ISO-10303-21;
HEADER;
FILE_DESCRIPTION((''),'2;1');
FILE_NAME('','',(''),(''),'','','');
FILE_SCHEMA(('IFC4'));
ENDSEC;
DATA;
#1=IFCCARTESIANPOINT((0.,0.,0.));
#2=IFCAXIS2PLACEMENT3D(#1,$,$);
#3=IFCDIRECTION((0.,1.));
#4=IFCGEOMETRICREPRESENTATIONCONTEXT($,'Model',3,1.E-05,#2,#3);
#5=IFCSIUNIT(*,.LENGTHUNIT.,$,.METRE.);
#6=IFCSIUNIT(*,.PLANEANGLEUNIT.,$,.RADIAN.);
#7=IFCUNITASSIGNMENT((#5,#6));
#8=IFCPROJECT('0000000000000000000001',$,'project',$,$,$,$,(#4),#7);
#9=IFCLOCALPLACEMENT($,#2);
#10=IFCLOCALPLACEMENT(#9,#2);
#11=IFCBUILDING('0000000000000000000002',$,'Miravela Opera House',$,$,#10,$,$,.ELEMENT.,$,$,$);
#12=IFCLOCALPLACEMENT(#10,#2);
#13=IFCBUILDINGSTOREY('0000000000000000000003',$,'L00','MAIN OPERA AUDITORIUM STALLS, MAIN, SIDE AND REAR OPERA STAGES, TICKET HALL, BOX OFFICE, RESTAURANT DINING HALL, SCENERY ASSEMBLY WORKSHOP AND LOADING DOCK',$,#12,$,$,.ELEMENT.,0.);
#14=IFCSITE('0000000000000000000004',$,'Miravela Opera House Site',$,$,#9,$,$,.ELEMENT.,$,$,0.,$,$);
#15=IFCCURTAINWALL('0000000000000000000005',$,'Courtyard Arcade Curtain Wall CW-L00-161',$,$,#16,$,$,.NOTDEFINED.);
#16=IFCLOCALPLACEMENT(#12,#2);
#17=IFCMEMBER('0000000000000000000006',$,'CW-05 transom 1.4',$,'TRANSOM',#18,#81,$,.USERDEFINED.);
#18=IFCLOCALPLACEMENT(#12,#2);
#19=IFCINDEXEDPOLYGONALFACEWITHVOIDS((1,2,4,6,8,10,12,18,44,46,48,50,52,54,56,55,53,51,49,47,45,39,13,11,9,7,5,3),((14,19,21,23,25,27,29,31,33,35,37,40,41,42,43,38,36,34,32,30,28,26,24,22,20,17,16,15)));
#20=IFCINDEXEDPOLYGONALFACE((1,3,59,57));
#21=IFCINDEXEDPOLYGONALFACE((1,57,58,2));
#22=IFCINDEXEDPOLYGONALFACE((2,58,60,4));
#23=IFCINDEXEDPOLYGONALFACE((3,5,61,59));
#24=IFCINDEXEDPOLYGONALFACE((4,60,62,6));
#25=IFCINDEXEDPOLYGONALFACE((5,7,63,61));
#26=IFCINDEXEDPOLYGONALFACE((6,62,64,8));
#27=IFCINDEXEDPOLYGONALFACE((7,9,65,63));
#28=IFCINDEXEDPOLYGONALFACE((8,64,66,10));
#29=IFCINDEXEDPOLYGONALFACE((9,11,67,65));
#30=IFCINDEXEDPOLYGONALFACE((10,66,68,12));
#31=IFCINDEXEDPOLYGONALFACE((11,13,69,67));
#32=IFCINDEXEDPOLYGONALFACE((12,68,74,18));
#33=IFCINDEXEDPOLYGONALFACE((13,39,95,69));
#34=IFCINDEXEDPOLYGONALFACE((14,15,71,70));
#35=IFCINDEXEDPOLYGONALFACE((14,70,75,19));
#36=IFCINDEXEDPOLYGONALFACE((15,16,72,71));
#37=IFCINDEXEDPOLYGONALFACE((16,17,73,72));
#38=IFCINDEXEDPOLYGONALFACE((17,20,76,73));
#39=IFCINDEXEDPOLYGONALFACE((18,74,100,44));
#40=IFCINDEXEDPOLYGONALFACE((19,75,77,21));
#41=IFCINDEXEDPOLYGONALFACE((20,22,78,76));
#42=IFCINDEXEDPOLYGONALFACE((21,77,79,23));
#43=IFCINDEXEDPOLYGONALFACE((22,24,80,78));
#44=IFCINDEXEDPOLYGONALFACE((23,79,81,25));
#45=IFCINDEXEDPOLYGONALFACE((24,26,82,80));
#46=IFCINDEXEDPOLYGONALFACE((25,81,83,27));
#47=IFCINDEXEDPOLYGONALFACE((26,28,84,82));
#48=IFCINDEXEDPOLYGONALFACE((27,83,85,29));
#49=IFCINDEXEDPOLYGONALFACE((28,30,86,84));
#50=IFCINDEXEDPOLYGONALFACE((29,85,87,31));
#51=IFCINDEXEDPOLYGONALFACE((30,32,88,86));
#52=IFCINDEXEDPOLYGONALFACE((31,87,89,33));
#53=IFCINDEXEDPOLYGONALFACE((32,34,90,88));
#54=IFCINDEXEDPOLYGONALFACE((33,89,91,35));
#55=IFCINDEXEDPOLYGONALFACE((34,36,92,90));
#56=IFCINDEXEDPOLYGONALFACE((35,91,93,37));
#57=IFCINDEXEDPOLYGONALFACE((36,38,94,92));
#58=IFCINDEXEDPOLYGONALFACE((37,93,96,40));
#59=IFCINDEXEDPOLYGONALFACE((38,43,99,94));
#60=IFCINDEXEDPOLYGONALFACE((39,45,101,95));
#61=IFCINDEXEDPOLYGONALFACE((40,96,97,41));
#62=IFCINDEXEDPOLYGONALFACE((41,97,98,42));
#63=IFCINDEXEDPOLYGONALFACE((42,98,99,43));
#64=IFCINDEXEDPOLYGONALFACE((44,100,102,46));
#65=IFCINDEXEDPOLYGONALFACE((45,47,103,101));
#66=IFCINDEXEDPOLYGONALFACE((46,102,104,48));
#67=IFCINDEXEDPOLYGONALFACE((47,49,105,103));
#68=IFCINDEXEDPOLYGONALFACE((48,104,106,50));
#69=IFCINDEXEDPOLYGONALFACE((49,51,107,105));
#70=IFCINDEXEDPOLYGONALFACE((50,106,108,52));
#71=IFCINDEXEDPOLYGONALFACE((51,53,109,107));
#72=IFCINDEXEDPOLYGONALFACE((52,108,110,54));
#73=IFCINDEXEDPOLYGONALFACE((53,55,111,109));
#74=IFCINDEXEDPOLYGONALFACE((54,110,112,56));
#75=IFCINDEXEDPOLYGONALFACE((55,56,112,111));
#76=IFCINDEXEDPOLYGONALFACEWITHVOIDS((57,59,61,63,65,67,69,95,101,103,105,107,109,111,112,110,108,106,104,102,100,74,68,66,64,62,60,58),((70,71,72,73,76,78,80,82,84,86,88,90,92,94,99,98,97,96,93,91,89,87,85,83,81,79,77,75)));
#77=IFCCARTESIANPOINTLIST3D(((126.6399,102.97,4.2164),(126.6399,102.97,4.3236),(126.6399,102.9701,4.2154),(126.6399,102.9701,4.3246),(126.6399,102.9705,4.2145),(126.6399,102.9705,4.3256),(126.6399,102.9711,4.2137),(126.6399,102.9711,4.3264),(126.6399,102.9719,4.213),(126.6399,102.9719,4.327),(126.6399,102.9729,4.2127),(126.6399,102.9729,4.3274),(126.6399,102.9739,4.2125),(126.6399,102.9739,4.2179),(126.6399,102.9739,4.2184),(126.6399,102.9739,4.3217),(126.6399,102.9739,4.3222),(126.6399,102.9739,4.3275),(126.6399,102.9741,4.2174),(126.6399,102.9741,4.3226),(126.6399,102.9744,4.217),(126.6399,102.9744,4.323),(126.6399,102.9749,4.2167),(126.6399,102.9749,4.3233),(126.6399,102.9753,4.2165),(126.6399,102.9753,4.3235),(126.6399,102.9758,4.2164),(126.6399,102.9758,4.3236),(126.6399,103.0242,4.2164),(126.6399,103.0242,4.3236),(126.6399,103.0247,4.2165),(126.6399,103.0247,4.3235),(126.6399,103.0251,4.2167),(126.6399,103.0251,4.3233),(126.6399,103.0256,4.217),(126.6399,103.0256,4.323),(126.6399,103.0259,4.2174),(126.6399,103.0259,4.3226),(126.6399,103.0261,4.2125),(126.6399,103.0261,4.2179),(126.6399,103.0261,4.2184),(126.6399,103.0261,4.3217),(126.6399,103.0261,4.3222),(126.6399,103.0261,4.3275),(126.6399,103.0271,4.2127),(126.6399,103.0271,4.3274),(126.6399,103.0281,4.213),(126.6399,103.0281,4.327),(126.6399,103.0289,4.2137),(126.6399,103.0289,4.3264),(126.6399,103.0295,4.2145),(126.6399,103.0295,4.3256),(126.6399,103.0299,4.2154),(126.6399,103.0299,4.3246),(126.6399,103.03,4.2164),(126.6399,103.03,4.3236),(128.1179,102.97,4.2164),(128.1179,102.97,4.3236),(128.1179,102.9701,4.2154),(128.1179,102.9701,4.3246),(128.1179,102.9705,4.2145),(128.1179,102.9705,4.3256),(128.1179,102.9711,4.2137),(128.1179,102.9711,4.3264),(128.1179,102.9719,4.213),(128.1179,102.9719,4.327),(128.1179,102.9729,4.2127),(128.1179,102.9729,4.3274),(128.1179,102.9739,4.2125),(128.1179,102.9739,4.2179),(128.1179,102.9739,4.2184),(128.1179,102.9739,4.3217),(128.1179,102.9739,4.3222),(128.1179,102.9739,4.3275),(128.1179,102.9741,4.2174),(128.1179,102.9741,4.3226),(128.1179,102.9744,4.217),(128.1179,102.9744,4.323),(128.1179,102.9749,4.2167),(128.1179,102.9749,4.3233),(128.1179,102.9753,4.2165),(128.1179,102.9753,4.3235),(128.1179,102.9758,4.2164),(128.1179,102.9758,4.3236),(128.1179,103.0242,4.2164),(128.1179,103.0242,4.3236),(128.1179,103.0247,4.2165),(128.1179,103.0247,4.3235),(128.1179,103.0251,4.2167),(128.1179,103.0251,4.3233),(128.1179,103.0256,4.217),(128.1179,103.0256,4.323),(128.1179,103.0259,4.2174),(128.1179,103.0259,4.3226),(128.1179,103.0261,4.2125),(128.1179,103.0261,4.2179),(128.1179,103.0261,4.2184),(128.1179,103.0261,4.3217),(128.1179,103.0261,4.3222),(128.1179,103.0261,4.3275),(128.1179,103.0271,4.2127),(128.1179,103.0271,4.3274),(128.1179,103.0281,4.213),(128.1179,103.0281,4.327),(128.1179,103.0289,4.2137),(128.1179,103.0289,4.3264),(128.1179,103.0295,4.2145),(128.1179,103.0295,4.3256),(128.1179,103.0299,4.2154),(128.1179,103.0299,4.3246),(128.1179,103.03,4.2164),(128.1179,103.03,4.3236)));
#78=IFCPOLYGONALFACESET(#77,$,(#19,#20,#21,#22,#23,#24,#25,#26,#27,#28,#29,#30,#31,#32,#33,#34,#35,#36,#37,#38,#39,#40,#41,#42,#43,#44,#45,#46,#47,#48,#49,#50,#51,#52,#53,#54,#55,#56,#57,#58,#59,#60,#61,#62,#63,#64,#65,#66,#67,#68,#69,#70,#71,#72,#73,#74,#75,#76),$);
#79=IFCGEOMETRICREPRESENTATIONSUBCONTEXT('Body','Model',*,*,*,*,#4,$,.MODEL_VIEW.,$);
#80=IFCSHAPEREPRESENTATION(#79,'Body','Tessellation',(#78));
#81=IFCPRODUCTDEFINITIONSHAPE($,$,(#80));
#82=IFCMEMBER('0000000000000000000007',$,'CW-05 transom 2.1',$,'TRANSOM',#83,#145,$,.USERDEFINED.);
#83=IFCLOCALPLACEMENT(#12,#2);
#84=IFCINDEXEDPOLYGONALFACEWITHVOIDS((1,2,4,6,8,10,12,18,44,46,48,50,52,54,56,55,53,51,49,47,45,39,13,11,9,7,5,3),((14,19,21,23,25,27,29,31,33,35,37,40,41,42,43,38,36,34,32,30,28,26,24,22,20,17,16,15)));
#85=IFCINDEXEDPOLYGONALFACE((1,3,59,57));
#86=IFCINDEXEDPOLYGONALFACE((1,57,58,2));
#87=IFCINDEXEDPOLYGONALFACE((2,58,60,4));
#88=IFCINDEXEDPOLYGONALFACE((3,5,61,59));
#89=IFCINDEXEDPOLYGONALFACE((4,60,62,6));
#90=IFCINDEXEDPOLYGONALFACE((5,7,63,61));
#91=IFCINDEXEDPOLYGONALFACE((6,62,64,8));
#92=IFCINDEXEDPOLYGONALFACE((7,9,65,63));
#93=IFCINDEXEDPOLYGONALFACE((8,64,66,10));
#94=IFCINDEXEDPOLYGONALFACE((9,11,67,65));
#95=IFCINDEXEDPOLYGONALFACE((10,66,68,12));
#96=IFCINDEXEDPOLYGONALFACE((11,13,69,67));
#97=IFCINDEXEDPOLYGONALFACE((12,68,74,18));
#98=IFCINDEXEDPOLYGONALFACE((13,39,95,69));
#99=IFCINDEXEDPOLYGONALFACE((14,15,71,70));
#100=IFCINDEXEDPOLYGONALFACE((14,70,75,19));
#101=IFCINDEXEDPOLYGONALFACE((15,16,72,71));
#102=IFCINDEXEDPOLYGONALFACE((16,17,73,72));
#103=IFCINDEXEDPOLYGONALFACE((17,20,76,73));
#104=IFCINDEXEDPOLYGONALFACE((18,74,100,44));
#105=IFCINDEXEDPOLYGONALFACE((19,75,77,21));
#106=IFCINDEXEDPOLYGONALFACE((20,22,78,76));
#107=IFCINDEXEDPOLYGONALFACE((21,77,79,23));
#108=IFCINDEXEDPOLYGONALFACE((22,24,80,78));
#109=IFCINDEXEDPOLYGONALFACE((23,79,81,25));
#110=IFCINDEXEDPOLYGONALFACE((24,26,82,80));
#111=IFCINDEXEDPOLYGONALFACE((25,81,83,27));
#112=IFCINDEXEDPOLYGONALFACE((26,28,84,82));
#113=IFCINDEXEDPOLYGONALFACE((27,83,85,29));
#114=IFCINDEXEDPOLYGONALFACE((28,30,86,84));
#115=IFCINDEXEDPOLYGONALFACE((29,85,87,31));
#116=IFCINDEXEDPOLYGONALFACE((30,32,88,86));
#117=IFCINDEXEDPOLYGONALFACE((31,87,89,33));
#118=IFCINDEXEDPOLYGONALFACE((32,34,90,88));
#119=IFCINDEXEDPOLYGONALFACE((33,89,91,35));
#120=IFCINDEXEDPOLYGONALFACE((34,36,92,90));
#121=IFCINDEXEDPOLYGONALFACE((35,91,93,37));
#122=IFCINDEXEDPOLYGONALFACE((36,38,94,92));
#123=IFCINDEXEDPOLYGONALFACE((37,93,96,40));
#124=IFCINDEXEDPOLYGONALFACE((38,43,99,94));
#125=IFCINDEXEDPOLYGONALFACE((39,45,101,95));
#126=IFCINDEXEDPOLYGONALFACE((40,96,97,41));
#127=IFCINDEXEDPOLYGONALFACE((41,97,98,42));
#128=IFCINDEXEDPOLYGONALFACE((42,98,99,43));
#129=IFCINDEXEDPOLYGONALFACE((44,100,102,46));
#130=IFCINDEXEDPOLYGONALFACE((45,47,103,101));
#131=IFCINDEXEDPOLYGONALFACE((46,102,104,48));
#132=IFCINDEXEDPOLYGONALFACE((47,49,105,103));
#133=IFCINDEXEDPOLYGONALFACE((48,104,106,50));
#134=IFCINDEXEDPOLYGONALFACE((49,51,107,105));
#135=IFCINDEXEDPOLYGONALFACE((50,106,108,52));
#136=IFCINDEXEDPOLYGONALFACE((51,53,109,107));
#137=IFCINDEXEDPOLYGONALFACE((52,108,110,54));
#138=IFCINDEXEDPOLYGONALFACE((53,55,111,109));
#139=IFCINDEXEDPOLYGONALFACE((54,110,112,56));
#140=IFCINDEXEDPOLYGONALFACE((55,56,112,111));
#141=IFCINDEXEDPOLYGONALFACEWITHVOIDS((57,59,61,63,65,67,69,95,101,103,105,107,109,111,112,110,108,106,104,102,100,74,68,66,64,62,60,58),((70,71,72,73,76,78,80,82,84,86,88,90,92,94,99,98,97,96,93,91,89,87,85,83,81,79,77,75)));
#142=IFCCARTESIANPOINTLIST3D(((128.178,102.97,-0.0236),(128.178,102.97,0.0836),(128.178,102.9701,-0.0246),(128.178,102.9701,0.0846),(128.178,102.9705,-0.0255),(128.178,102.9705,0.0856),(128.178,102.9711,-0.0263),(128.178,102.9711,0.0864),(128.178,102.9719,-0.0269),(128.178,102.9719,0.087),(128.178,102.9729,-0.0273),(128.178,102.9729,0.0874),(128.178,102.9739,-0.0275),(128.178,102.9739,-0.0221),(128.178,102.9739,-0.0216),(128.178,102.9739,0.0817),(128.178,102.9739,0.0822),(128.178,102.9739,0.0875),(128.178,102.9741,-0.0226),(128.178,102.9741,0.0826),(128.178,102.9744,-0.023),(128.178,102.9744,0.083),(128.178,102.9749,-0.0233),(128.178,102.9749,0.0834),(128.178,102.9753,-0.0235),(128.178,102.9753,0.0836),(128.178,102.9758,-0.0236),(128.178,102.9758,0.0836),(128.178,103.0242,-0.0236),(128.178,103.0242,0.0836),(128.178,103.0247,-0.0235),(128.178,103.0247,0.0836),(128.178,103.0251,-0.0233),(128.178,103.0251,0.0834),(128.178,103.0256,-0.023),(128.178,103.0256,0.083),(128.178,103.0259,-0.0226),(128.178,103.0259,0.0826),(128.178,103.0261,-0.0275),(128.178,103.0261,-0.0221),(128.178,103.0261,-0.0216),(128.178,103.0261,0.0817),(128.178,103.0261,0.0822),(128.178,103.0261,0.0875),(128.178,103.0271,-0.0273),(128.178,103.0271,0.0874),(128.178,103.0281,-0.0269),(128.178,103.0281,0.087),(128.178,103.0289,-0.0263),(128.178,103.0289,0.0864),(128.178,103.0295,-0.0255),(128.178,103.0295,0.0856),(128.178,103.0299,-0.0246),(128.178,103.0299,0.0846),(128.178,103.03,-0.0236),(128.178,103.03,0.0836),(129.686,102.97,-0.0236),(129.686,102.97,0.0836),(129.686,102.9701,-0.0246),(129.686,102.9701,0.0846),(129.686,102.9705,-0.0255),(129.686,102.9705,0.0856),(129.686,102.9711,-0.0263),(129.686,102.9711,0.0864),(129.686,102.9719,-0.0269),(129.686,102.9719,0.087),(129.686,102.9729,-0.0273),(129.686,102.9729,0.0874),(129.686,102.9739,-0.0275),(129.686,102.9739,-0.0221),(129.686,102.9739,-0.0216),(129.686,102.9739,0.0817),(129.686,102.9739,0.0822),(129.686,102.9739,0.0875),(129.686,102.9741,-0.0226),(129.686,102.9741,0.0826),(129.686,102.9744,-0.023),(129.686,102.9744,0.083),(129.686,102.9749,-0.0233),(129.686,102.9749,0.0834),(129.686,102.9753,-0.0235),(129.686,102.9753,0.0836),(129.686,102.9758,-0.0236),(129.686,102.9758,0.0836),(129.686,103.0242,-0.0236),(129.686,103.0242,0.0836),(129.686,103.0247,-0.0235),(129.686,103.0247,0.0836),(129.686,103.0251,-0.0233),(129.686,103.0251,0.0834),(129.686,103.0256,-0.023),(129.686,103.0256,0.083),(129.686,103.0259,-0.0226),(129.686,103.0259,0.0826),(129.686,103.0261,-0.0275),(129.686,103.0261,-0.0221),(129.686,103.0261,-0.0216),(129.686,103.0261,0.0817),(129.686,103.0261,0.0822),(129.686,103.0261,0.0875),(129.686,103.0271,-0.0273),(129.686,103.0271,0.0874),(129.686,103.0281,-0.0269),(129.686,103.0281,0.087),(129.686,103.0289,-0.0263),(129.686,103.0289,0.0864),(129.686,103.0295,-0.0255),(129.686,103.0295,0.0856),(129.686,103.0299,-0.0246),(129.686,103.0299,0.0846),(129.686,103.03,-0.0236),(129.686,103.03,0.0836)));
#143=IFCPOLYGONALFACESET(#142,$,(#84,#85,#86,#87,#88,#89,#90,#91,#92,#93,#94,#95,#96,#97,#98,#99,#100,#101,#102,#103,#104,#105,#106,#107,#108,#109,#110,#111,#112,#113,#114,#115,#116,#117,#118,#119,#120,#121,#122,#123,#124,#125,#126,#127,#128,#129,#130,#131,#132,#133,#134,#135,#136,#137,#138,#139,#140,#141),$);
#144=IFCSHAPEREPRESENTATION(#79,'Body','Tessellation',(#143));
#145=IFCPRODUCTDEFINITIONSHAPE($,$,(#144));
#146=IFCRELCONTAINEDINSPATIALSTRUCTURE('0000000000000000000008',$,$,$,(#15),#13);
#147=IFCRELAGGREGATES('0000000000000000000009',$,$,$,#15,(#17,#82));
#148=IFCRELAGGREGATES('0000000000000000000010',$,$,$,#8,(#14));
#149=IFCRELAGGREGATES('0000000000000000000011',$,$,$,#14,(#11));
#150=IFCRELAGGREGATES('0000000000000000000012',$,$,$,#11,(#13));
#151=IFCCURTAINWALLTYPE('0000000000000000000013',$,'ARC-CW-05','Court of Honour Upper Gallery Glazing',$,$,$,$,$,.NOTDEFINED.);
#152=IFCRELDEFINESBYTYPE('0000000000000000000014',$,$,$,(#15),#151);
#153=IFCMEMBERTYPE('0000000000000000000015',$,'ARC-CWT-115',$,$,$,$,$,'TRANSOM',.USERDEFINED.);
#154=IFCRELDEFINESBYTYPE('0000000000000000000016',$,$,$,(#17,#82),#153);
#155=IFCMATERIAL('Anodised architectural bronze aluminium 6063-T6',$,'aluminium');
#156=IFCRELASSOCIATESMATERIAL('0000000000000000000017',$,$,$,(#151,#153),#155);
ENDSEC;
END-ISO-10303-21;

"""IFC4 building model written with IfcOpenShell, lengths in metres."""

from ifc_helpers import new_model, si_unit, direction, frame, origin, origin_2d, place, context, subcontext, project, spatial, hollow_rectangle, extrude, material, material_profile, profile_set, type_object, element, aggregate, save


model = new_model("IFC4")

# Units and contexts
model_context = context("Model", 3, precision=1e-05, world=origin(), true_north=direction((0.0, 1.0)))
body_context = subcontext(model_context, "Body", "Model", "MODEL_VIEW")
ifc_project = project(units=[si_unit("LENGTHUNIT", "METRE"), si_unit("PLANEANGLEUNIT", "RADIAN")], contexts=[model_context])

# Site, building, storey
site_placement = place(None, origin())
site = spatial("IfcSite", under=ifc_project, at=site_placement, Name="Miravela Opera House Site", CompositionType="ELEMENT", RefElevation=0.0)
building_placement = place(site_placement, origin())
building = spatial("IfcBuilding", under=site, at=building_placement, Name="Miravela Opera House", CompositionType="ELEMENT")
storey_placement = place(building_placement, origin())
storey = spatial("IfcBuildingStorey", under=building, at=storey_placement, Name="L00", Description="MAIN OPERA AUDITORIUM STALLS, MAIN, SIDE AND REAR OPERA STAGES, TICKET HALL, BOX OFFICE, RESTAURANT DINING HALL, SCENERY ASSEMBLY WORKSHOP AND LOADING DOCK", CompositionType="ELEMENT", Elevation=0.0)

# Curtain wall, members
ifc_material_1 = material(Name="Anodised architectural bronze aluminium 6063-T6", Category="aluminium")
curtain_wall_type = type_object("IfcCurtainWallType", Name="ARC-CW-05", Description="Court of Honour Upper Gallery Glazing", PredefinedType="NOTDEFINED", material=ifc_material_1)
curtain_wall_placement = place(storey_placement, origin())
curtain_wall = element("IfcCurtainWall", 1, at=curtain_wall_placement, inside=storey, type_object=curtain_wall_type, Name="Courtyard Arcade Curtain Wall CW-L00-161", PredefinedType="NOTDEFINED")
ifc_material_profile_1 = material_profile(ifc_material_1, hollow_rectangle(XDim=0.0601, YDim=0.115, WallThickness=0.0039, InnerFilletRadius=0.002, OuterFilletRadius=0.0039, at=origin_2d()), Name="CWT-60X115")
ifc_profile_set_1 = profile_set([ifc_material_profile_1])
member_type_1 = type_object("IfcMemberType", Name="ARC-CWT-115", ElementType="TRANSOM", PredefinedType="USERDEFINED", material=ifc_profile_set_1)
member_1_placement = place(storey_placement, frame((126.6399, 103.0, 4.27), z_axis=(1.0, 0.0, 0.0), x_axis=(0.0, 1.0, 0.0)))
member_1 = element("IfcMember", 2, at=member_1_placement, type_object=member_type_1, Name="CW-05 transom 1.4", ObjectType="TRANSOM", PredefinedType="USERDEFINED", context=body_context, shape_type="SweptSolid", body=[
    extrude(hollow_rectangle(XDim=0.0601, YDim=0.115, WallThickness=0.0039, InnerFilletRadius=0.002, OuterFilletRadius=0.0039, at=origin_2d()), origin(), (0.0, 0.0, 1.0), 1.478),
])
member_2_placement = place(storey_placement, frame((128.178, 103.0, 0.03), z_axis=(1.0, 0.0, 0.0), x_axis=(0.0, 1.0, 0.0)))
member_2 = element("IfcMember", 3, at=member_2_placement, type_object=member_type_1, Name="CW-05 transom 2.1", ObjectType="TRANSOM", PredefinedType="USERDEFINED", context=body_context, shape_type="SweptSolid", body=[
    extrude(hollow_rectangle(XDim=0.0601, YDim=0.115, WallThickness=0.0039, InnerFilletRadius=0.002, OuterFilletRadius=0.0039, at=origin_2d()), origin(), (0.0, 0.0, 1.0), 1.5081),
])

aggregate(curtain_wall, [member_1, member_2])

save(model, "model.ifc")
